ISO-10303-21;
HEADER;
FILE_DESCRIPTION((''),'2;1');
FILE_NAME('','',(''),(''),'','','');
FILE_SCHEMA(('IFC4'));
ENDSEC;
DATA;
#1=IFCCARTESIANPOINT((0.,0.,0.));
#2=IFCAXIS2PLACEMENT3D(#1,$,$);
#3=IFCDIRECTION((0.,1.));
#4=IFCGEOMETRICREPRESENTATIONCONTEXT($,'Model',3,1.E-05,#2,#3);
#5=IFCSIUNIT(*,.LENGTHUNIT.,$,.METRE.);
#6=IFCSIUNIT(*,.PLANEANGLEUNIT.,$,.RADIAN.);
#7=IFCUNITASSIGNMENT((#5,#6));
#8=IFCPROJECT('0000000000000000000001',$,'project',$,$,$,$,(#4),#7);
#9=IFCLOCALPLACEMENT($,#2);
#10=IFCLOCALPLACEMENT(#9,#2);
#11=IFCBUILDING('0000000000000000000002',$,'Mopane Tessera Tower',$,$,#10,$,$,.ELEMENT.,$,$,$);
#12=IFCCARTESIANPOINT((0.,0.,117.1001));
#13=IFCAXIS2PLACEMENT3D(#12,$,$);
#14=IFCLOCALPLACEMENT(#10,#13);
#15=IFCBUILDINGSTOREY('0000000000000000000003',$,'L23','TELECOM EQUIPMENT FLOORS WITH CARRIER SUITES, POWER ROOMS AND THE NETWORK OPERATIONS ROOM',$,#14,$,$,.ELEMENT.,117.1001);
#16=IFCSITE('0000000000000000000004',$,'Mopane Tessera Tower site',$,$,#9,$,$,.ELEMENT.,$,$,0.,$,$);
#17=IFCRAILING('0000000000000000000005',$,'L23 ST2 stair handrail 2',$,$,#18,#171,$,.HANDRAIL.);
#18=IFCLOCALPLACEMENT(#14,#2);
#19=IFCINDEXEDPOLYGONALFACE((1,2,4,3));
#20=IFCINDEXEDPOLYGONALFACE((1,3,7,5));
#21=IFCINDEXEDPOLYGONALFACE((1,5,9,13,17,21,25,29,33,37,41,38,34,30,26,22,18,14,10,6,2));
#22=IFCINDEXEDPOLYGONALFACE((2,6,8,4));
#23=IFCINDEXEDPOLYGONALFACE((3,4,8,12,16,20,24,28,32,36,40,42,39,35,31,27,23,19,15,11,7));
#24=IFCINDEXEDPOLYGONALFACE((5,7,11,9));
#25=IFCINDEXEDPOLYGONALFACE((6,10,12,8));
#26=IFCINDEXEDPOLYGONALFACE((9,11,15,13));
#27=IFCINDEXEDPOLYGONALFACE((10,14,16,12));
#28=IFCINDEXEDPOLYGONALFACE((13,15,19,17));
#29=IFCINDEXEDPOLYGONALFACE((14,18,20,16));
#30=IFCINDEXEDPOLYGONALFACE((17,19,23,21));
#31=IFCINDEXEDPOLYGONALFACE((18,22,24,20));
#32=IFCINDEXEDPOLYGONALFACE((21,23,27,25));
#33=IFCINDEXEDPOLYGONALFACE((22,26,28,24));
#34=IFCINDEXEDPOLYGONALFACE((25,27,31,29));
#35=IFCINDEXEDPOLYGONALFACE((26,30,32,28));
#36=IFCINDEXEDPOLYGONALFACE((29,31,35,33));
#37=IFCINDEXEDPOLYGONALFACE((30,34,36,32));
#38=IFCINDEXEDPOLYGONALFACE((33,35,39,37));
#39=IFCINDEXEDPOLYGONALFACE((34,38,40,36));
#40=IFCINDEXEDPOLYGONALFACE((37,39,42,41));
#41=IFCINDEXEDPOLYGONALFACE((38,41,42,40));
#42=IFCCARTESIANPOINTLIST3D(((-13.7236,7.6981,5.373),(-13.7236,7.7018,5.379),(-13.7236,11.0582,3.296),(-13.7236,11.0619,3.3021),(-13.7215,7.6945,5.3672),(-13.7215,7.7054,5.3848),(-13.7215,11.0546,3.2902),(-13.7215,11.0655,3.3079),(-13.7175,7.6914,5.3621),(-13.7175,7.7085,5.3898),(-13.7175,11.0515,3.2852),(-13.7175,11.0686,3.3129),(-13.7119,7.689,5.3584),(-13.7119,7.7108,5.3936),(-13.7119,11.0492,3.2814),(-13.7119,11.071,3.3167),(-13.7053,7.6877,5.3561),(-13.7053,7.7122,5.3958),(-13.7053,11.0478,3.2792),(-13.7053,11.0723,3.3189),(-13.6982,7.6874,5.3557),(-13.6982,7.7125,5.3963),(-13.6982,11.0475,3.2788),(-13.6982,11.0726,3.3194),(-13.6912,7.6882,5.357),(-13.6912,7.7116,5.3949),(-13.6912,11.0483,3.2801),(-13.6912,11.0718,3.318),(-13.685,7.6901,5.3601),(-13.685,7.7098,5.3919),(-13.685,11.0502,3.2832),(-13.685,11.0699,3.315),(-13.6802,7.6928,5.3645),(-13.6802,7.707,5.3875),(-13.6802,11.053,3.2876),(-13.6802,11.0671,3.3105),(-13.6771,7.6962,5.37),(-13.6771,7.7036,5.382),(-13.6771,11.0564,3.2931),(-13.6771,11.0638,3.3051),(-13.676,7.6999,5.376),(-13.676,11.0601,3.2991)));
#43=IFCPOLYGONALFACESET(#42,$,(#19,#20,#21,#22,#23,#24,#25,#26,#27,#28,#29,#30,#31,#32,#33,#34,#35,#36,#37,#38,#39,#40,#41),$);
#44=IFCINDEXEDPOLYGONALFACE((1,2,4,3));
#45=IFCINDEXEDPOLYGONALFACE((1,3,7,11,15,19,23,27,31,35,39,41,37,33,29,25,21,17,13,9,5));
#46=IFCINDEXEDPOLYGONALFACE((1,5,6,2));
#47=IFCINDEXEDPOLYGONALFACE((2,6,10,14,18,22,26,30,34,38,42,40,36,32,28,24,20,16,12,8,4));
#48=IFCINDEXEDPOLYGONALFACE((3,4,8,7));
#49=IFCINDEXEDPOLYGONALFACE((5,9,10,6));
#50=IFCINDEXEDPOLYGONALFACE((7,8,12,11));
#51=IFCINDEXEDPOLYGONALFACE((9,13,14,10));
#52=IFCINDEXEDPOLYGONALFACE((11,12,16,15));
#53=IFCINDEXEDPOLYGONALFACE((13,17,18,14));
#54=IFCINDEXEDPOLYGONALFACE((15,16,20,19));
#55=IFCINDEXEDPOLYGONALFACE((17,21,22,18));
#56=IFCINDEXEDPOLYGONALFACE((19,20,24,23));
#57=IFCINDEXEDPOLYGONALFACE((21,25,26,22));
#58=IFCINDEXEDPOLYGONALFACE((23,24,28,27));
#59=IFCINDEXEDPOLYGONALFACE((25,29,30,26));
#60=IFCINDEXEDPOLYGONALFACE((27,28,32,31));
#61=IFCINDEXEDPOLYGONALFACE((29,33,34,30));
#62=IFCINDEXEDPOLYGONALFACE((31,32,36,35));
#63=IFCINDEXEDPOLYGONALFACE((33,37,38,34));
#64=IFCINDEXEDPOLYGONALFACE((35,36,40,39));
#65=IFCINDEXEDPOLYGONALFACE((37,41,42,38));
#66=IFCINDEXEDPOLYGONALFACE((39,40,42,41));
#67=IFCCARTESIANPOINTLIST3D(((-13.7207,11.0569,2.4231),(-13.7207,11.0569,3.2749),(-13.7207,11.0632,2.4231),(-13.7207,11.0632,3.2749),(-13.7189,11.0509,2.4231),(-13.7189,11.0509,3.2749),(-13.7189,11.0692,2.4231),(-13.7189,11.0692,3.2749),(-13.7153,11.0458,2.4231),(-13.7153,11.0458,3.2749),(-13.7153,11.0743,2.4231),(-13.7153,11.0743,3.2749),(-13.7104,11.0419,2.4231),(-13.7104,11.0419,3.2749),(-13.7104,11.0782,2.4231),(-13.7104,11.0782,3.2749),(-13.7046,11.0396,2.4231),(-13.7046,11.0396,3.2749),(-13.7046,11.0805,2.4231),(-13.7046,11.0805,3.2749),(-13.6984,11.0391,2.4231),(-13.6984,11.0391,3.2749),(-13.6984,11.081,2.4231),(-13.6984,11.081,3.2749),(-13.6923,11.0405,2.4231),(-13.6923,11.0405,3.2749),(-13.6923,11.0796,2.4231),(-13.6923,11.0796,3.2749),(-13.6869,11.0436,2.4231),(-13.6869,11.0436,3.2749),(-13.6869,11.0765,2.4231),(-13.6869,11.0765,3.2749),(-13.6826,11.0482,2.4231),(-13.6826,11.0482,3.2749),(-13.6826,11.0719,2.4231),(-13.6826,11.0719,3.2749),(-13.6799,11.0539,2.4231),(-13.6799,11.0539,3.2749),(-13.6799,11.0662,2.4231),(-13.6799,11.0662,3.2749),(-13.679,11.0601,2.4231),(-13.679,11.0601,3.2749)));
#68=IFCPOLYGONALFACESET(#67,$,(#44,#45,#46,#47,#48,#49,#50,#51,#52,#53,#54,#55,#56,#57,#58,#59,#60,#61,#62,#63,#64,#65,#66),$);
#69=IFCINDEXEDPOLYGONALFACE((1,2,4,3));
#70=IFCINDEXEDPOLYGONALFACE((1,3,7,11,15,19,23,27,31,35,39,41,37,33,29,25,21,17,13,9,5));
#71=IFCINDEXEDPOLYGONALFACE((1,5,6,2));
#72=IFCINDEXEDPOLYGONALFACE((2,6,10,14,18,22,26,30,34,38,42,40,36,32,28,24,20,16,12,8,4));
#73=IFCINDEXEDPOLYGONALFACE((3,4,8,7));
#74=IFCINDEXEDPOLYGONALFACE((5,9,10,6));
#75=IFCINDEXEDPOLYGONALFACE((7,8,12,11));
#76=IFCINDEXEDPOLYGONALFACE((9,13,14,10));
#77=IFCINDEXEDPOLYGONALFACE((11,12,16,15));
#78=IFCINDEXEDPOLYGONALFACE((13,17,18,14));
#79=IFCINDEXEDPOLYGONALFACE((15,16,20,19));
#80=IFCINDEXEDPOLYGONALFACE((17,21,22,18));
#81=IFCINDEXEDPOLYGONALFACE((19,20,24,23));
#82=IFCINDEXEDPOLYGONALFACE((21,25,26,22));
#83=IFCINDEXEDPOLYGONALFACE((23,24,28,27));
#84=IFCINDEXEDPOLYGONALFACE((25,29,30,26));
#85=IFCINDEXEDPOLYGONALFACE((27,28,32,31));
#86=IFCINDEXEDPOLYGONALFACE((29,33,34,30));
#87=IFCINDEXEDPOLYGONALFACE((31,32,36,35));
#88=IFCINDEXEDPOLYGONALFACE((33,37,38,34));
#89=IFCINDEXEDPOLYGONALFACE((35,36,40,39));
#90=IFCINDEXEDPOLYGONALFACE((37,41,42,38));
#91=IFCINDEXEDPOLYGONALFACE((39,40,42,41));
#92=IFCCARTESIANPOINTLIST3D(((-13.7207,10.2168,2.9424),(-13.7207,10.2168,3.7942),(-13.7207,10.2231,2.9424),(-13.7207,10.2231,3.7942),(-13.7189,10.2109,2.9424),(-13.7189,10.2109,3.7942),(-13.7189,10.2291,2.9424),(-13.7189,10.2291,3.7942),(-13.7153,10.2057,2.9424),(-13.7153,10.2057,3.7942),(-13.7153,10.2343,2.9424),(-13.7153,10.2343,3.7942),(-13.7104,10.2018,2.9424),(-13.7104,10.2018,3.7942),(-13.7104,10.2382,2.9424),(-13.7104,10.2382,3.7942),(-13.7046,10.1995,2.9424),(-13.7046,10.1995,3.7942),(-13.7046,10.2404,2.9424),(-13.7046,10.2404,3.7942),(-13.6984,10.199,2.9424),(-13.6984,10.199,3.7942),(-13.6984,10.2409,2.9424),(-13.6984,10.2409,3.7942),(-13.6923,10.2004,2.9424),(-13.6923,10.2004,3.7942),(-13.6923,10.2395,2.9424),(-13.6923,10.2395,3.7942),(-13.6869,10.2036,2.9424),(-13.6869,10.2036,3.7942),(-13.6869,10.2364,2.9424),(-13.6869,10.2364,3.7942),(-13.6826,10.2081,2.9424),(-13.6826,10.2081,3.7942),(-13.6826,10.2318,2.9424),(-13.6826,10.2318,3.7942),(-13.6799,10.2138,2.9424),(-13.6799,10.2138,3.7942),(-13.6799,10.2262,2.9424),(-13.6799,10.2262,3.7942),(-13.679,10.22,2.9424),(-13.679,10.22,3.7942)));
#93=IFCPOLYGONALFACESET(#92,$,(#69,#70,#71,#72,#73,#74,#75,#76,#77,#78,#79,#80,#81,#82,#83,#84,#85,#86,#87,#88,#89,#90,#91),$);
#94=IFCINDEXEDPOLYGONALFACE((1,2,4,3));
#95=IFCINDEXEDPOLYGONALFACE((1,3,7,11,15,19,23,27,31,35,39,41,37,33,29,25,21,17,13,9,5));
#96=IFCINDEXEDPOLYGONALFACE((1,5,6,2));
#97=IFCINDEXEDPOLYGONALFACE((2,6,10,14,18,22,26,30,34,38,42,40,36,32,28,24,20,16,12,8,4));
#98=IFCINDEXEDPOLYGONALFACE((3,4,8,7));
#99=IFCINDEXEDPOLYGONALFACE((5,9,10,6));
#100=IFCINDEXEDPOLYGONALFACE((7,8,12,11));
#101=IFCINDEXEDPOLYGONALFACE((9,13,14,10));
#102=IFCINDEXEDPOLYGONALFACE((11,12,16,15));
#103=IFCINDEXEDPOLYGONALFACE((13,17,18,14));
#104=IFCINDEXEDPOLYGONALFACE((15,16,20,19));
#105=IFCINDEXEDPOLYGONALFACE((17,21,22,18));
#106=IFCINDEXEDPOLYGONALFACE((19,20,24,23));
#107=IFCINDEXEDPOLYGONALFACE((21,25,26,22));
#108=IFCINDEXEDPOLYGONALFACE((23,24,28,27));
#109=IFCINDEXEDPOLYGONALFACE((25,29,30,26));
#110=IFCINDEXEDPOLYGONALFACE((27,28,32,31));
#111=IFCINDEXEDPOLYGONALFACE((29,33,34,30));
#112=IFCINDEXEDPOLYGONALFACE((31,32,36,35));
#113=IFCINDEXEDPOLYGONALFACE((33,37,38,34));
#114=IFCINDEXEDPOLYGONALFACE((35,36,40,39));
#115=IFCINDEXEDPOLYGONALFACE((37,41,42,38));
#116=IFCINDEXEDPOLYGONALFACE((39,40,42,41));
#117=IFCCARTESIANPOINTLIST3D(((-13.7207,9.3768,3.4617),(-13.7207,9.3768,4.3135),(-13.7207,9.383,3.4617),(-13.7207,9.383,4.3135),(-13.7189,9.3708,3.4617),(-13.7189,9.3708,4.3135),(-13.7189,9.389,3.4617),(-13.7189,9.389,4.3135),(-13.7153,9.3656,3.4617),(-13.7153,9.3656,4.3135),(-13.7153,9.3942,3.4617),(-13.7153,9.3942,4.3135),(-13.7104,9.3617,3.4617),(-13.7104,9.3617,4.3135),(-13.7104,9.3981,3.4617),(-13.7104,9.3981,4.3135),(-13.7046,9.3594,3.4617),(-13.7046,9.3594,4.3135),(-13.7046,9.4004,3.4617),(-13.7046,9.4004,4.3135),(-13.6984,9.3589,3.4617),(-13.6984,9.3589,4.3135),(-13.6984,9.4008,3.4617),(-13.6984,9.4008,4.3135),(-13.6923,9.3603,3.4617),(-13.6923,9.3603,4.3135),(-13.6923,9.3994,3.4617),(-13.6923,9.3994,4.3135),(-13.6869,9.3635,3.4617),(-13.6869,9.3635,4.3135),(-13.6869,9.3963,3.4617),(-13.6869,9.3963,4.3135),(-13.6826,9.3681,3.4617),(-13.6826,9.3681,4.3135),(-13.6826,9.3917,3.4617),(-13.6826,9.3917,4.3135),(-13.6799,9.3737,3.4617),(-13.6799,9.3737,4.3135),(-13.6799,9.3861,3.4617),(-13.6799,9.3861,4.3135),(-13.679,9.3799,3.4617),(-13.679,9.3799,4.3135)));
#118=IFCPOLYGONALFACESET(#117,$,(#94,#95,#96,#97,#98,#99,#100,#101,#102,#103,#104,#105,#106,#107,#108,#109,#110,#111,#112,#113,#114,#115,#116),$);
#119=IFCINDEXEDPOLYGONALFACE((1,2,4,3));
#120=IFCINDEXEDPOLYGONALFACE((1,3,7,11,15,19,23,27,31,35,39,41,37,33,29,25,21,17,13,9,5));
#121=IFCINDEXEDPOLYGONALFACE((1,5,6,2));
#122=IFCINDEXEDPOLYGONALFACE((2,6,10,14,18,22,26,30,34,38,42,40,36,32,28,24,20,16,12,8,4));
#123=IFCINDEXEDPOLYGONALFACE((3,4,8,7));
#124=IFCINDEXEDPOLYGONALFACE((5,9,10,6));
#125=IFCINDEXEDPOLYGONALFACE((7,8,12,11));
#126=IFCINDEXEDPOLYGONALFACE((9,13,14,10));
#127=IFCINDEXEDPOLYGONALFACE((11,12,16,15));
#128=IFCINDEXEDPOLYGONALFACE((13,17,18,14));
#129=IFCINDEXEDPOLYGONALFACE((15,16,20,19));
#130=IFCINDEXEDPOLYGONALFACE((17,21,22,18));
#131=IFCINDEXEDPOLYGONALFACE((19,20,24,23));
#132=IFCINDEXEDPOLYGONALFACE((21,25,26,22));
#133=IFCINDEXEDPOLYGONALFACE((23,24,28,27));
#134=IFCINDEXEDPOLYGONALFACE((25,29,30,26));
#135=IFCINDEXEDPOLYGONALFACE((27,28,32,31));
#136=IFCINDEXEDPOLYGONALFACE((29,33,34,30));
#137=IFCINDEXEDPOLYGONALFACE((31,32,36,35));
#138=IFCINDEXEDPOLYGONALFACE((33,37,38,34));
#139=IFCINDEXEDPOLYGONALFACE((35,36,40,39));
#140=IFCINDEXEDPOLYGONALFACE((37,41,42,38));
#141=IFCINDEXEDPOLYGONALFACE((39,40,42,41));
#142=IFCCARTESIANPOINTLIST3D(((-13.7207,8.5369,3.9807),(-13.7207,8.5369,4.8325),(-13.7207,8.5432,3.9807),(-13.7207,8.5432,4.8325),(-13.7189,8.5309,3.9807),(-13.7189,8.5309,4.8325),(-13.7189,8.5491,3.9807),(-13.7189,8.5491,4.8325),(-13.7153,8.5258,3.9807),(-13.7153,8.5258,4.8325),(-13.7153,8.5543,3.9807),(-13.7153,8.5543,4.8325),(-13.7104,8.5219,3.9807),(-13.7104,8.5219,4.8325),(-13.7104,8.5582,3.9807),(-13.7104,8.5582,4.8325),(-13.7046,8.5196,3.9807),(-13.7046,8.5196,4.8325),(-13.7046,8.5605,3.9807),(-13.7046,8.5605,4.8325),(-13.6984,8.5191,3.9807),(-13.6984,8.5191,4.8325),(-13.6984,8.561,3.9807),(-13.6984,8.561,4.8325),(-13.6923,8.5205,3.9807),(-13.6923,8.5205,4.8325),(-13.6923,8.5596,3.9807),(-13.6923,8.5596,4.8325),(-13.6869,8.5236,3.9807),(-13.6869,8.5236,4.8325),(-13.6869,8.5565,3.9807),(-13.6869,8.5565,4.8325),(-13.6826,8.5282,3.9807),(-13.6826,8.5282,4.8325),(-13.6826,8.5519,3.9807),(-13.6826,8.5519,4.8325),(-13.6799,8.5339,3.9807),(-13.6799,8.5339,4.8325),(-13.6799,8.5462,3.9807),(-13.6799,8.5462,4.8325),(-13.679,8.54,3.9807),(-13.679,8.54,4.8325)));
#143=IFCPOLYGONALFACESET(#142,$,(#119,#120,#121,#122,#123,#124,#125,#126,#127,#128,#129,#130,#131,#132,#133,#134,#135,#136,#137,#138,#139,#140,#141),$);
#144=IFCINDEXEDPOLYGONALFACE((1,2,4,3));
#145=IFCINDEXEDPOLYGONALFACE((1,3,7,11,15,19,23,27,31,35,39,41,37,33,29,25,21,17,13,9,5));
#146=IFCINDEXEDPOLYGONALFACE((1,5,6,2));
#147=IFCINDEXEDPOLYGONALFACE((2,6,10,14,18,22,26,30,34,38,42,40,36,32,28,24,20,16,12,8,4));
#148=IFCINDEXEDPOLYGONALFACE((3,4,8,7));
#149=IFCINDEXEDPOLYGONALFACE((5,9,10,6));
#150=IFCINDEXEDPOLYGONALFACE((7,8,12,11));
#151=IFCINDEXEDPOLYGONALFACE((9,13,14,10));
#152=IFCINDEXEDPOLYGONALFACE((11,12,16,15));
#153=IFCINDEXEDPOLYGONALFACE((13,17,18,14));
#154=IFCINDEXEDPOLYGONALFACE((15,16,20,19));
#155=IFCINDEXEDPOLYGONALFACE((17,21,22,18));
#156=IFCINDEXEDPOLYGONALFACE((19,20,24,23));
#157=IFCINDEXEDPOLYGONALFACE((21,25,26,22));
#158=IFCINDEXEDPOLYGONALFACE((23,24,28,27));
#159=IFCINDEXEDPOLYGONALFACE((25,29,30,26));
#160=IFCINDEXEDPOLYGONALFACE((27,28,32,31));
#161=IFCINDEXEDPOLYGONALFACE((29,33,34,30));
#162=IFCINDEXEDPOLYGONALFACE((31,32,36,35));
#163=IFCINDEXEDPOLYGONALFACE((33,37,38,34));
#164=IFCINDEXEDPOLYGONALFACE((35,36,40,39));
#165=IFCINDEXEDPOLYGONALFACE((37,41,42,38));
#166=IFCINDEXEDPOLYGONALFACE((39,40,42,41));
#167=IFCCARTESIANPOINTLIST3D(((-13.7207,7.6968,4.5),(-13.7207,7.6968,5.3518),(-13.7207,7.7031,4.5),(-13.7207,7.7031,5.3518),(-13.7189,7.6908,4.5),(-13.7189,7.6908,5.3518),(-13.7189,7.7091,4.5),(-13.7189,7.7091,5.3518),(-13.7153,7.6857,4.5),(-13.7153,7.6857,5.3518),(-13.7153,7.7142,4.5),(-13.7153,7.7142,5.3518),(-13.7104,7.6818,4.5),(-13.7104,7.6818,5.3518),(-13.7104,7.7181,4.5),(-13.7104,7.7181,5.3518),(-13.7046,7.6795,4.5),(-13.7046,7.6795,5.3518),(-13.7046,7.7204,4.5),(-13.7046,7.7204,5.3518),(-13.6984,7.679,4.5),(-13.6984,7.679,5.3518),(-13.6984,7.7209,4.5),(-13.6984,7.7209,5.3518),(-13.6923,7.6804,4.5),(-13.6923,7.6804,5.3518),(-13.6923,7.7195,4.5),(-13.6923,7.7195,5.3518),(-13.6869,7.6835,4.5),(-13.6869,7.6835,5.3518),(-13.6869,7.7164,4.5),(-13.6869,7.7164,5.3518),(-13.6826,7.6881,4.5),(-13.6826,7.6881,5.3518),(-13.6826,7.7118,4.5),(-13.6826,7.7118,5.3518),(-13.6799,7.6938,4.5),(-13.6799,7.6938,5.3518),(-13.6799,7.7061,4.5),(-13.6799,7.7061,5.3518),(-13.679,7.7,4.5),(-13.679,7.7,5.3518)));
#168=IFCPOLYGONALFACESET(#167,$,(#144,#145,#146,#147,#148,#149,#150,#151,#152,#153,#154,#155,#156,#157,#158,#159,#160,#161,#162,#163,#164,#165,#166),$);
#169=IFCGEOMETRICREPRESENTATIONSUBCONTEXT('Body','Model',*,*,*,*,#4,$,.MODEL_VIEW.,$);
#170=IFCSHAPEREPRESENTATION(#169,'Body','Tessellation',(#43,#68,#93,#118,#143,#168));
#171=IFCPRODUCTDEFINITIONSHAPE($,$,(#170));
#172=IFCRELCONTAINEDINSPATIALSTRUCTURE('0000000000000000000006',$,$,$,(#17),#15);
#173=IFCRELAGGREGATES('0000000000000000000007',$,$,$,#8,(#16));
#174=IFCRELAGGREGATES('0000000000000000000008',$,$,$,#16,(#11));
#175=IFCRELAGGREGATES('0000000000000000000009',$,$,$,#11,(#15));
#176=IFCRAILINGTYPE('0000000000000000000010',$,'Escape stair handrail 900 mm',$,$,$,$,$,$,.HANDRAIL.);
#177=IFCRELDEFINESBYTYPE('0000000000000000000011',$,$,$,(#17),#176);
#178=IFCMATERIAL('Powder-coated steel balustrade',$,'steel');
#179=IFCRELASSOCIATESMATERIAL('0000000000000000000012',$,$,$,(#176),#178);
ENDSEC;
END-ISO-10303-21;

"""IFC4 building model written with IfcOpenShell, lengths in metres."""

from ifc_helpers import new_model, si_unit, direction, frame, origin, origin_2d, place, context, subcontext, project, spatial, circle, extrude, material, type_object, element, save


model = new_model("IFC4")

# Units and contexts
model_context = context("Model", 3, precision=1e-05, world=origin(), true_north=direction((0.0, 1.0)))
body_context = subcontext(model_context, "Body", "Model", "MODEL_VIEW")
ifc_project = project(units=[si_unit("LENGTHUNIT", "METRE"), si_unit("PLANEANGLEUNIT", "RADIAN")], contexts=[model_context])

# Site, building, storey
site_placement = place(None, origin())
site = spatial("IfcSite", under=ifc_project, at=site_placement, Name="Mopane Tessera Tower site", CompositionType="ELEMENT", RefElevation=0.0)
building_placement = place(site_placement, origin())
building = spatial("IfcBuilding", under=site, at=building_placement, Name="Mopane Tessera Tower", CompositionType="ELEMENT")
storey_placement = place(building_placement, frame((0.0, 0.0, 117.1001)))
storey = spatial("IfcBuildingStorey", under=building, at=storey_placement, Name="L23", Description="TELECOM EQUIPMENT FLOORS WITH CARRIER SUITES, POWER ROOMS AND THE NETWORK OPERATIONS ROOM", CompositionType="ELEMENT", Elevation=117.1001)

# Railing
ifc_material_1 = material(Name="Powder-coated steel balustrade", Category="steel")
railing_type_1 = type_object("IfcRailingType", Name="Escape stair handrail 900 mm", PredefinedType="HANDRAIL", material=ifc_material_1)
railing_1_placement = place(storey_placement, frame((-13.7, 11.0601, 2.4231)))
element("IfcRailing", 1, at=railing_1_placement, inside=storey, type_object=railing_type_1, Name="L23 ST2 stair handrail 2", PredefinedType="HANDRAIL", context=body_context, shape_type="SweptSolid", body=[
    extrude(circle(Radius=0.0239, at=origin_2d()), frame((0.0, 0.0, 0.876), z_axis=(0.0, -0.850623, 0.525776), x_axis=(1.0, 0.0, 0.0)), (0.0, 0.0, 1.0), 3.9502),
    extrude(circle(Radius=0.021, at=origin_2d()), origin(), (0.0, 0.0, 1.0), 0.8518),
    extrude(circle(Radius=0.021, at=origin_2d()), frame((0.0, -0.8401, 0.5193)), (0.0, 0.0, 1.0), 0.8518),
    extrude(circle(Radius=0.021, at=origin_2d()), frame((0.0, -1.6802, 1.0386)), (0.0, 0.0, 1.0), 0.8518),
    extrude(circle(Radius=0.021, at=origin_2d()), frame((0.0, -2.52, 1.5576)), (0.0, 0.0, 1.0), 0.8518),
    extrude(circle(Radius=0.021, at=origin_2d()), frame((0.0, -3.3601, 2.0769)), (0.0, 0.0, 1.0), 0.8518),
])

save(model, "model.ifc")
